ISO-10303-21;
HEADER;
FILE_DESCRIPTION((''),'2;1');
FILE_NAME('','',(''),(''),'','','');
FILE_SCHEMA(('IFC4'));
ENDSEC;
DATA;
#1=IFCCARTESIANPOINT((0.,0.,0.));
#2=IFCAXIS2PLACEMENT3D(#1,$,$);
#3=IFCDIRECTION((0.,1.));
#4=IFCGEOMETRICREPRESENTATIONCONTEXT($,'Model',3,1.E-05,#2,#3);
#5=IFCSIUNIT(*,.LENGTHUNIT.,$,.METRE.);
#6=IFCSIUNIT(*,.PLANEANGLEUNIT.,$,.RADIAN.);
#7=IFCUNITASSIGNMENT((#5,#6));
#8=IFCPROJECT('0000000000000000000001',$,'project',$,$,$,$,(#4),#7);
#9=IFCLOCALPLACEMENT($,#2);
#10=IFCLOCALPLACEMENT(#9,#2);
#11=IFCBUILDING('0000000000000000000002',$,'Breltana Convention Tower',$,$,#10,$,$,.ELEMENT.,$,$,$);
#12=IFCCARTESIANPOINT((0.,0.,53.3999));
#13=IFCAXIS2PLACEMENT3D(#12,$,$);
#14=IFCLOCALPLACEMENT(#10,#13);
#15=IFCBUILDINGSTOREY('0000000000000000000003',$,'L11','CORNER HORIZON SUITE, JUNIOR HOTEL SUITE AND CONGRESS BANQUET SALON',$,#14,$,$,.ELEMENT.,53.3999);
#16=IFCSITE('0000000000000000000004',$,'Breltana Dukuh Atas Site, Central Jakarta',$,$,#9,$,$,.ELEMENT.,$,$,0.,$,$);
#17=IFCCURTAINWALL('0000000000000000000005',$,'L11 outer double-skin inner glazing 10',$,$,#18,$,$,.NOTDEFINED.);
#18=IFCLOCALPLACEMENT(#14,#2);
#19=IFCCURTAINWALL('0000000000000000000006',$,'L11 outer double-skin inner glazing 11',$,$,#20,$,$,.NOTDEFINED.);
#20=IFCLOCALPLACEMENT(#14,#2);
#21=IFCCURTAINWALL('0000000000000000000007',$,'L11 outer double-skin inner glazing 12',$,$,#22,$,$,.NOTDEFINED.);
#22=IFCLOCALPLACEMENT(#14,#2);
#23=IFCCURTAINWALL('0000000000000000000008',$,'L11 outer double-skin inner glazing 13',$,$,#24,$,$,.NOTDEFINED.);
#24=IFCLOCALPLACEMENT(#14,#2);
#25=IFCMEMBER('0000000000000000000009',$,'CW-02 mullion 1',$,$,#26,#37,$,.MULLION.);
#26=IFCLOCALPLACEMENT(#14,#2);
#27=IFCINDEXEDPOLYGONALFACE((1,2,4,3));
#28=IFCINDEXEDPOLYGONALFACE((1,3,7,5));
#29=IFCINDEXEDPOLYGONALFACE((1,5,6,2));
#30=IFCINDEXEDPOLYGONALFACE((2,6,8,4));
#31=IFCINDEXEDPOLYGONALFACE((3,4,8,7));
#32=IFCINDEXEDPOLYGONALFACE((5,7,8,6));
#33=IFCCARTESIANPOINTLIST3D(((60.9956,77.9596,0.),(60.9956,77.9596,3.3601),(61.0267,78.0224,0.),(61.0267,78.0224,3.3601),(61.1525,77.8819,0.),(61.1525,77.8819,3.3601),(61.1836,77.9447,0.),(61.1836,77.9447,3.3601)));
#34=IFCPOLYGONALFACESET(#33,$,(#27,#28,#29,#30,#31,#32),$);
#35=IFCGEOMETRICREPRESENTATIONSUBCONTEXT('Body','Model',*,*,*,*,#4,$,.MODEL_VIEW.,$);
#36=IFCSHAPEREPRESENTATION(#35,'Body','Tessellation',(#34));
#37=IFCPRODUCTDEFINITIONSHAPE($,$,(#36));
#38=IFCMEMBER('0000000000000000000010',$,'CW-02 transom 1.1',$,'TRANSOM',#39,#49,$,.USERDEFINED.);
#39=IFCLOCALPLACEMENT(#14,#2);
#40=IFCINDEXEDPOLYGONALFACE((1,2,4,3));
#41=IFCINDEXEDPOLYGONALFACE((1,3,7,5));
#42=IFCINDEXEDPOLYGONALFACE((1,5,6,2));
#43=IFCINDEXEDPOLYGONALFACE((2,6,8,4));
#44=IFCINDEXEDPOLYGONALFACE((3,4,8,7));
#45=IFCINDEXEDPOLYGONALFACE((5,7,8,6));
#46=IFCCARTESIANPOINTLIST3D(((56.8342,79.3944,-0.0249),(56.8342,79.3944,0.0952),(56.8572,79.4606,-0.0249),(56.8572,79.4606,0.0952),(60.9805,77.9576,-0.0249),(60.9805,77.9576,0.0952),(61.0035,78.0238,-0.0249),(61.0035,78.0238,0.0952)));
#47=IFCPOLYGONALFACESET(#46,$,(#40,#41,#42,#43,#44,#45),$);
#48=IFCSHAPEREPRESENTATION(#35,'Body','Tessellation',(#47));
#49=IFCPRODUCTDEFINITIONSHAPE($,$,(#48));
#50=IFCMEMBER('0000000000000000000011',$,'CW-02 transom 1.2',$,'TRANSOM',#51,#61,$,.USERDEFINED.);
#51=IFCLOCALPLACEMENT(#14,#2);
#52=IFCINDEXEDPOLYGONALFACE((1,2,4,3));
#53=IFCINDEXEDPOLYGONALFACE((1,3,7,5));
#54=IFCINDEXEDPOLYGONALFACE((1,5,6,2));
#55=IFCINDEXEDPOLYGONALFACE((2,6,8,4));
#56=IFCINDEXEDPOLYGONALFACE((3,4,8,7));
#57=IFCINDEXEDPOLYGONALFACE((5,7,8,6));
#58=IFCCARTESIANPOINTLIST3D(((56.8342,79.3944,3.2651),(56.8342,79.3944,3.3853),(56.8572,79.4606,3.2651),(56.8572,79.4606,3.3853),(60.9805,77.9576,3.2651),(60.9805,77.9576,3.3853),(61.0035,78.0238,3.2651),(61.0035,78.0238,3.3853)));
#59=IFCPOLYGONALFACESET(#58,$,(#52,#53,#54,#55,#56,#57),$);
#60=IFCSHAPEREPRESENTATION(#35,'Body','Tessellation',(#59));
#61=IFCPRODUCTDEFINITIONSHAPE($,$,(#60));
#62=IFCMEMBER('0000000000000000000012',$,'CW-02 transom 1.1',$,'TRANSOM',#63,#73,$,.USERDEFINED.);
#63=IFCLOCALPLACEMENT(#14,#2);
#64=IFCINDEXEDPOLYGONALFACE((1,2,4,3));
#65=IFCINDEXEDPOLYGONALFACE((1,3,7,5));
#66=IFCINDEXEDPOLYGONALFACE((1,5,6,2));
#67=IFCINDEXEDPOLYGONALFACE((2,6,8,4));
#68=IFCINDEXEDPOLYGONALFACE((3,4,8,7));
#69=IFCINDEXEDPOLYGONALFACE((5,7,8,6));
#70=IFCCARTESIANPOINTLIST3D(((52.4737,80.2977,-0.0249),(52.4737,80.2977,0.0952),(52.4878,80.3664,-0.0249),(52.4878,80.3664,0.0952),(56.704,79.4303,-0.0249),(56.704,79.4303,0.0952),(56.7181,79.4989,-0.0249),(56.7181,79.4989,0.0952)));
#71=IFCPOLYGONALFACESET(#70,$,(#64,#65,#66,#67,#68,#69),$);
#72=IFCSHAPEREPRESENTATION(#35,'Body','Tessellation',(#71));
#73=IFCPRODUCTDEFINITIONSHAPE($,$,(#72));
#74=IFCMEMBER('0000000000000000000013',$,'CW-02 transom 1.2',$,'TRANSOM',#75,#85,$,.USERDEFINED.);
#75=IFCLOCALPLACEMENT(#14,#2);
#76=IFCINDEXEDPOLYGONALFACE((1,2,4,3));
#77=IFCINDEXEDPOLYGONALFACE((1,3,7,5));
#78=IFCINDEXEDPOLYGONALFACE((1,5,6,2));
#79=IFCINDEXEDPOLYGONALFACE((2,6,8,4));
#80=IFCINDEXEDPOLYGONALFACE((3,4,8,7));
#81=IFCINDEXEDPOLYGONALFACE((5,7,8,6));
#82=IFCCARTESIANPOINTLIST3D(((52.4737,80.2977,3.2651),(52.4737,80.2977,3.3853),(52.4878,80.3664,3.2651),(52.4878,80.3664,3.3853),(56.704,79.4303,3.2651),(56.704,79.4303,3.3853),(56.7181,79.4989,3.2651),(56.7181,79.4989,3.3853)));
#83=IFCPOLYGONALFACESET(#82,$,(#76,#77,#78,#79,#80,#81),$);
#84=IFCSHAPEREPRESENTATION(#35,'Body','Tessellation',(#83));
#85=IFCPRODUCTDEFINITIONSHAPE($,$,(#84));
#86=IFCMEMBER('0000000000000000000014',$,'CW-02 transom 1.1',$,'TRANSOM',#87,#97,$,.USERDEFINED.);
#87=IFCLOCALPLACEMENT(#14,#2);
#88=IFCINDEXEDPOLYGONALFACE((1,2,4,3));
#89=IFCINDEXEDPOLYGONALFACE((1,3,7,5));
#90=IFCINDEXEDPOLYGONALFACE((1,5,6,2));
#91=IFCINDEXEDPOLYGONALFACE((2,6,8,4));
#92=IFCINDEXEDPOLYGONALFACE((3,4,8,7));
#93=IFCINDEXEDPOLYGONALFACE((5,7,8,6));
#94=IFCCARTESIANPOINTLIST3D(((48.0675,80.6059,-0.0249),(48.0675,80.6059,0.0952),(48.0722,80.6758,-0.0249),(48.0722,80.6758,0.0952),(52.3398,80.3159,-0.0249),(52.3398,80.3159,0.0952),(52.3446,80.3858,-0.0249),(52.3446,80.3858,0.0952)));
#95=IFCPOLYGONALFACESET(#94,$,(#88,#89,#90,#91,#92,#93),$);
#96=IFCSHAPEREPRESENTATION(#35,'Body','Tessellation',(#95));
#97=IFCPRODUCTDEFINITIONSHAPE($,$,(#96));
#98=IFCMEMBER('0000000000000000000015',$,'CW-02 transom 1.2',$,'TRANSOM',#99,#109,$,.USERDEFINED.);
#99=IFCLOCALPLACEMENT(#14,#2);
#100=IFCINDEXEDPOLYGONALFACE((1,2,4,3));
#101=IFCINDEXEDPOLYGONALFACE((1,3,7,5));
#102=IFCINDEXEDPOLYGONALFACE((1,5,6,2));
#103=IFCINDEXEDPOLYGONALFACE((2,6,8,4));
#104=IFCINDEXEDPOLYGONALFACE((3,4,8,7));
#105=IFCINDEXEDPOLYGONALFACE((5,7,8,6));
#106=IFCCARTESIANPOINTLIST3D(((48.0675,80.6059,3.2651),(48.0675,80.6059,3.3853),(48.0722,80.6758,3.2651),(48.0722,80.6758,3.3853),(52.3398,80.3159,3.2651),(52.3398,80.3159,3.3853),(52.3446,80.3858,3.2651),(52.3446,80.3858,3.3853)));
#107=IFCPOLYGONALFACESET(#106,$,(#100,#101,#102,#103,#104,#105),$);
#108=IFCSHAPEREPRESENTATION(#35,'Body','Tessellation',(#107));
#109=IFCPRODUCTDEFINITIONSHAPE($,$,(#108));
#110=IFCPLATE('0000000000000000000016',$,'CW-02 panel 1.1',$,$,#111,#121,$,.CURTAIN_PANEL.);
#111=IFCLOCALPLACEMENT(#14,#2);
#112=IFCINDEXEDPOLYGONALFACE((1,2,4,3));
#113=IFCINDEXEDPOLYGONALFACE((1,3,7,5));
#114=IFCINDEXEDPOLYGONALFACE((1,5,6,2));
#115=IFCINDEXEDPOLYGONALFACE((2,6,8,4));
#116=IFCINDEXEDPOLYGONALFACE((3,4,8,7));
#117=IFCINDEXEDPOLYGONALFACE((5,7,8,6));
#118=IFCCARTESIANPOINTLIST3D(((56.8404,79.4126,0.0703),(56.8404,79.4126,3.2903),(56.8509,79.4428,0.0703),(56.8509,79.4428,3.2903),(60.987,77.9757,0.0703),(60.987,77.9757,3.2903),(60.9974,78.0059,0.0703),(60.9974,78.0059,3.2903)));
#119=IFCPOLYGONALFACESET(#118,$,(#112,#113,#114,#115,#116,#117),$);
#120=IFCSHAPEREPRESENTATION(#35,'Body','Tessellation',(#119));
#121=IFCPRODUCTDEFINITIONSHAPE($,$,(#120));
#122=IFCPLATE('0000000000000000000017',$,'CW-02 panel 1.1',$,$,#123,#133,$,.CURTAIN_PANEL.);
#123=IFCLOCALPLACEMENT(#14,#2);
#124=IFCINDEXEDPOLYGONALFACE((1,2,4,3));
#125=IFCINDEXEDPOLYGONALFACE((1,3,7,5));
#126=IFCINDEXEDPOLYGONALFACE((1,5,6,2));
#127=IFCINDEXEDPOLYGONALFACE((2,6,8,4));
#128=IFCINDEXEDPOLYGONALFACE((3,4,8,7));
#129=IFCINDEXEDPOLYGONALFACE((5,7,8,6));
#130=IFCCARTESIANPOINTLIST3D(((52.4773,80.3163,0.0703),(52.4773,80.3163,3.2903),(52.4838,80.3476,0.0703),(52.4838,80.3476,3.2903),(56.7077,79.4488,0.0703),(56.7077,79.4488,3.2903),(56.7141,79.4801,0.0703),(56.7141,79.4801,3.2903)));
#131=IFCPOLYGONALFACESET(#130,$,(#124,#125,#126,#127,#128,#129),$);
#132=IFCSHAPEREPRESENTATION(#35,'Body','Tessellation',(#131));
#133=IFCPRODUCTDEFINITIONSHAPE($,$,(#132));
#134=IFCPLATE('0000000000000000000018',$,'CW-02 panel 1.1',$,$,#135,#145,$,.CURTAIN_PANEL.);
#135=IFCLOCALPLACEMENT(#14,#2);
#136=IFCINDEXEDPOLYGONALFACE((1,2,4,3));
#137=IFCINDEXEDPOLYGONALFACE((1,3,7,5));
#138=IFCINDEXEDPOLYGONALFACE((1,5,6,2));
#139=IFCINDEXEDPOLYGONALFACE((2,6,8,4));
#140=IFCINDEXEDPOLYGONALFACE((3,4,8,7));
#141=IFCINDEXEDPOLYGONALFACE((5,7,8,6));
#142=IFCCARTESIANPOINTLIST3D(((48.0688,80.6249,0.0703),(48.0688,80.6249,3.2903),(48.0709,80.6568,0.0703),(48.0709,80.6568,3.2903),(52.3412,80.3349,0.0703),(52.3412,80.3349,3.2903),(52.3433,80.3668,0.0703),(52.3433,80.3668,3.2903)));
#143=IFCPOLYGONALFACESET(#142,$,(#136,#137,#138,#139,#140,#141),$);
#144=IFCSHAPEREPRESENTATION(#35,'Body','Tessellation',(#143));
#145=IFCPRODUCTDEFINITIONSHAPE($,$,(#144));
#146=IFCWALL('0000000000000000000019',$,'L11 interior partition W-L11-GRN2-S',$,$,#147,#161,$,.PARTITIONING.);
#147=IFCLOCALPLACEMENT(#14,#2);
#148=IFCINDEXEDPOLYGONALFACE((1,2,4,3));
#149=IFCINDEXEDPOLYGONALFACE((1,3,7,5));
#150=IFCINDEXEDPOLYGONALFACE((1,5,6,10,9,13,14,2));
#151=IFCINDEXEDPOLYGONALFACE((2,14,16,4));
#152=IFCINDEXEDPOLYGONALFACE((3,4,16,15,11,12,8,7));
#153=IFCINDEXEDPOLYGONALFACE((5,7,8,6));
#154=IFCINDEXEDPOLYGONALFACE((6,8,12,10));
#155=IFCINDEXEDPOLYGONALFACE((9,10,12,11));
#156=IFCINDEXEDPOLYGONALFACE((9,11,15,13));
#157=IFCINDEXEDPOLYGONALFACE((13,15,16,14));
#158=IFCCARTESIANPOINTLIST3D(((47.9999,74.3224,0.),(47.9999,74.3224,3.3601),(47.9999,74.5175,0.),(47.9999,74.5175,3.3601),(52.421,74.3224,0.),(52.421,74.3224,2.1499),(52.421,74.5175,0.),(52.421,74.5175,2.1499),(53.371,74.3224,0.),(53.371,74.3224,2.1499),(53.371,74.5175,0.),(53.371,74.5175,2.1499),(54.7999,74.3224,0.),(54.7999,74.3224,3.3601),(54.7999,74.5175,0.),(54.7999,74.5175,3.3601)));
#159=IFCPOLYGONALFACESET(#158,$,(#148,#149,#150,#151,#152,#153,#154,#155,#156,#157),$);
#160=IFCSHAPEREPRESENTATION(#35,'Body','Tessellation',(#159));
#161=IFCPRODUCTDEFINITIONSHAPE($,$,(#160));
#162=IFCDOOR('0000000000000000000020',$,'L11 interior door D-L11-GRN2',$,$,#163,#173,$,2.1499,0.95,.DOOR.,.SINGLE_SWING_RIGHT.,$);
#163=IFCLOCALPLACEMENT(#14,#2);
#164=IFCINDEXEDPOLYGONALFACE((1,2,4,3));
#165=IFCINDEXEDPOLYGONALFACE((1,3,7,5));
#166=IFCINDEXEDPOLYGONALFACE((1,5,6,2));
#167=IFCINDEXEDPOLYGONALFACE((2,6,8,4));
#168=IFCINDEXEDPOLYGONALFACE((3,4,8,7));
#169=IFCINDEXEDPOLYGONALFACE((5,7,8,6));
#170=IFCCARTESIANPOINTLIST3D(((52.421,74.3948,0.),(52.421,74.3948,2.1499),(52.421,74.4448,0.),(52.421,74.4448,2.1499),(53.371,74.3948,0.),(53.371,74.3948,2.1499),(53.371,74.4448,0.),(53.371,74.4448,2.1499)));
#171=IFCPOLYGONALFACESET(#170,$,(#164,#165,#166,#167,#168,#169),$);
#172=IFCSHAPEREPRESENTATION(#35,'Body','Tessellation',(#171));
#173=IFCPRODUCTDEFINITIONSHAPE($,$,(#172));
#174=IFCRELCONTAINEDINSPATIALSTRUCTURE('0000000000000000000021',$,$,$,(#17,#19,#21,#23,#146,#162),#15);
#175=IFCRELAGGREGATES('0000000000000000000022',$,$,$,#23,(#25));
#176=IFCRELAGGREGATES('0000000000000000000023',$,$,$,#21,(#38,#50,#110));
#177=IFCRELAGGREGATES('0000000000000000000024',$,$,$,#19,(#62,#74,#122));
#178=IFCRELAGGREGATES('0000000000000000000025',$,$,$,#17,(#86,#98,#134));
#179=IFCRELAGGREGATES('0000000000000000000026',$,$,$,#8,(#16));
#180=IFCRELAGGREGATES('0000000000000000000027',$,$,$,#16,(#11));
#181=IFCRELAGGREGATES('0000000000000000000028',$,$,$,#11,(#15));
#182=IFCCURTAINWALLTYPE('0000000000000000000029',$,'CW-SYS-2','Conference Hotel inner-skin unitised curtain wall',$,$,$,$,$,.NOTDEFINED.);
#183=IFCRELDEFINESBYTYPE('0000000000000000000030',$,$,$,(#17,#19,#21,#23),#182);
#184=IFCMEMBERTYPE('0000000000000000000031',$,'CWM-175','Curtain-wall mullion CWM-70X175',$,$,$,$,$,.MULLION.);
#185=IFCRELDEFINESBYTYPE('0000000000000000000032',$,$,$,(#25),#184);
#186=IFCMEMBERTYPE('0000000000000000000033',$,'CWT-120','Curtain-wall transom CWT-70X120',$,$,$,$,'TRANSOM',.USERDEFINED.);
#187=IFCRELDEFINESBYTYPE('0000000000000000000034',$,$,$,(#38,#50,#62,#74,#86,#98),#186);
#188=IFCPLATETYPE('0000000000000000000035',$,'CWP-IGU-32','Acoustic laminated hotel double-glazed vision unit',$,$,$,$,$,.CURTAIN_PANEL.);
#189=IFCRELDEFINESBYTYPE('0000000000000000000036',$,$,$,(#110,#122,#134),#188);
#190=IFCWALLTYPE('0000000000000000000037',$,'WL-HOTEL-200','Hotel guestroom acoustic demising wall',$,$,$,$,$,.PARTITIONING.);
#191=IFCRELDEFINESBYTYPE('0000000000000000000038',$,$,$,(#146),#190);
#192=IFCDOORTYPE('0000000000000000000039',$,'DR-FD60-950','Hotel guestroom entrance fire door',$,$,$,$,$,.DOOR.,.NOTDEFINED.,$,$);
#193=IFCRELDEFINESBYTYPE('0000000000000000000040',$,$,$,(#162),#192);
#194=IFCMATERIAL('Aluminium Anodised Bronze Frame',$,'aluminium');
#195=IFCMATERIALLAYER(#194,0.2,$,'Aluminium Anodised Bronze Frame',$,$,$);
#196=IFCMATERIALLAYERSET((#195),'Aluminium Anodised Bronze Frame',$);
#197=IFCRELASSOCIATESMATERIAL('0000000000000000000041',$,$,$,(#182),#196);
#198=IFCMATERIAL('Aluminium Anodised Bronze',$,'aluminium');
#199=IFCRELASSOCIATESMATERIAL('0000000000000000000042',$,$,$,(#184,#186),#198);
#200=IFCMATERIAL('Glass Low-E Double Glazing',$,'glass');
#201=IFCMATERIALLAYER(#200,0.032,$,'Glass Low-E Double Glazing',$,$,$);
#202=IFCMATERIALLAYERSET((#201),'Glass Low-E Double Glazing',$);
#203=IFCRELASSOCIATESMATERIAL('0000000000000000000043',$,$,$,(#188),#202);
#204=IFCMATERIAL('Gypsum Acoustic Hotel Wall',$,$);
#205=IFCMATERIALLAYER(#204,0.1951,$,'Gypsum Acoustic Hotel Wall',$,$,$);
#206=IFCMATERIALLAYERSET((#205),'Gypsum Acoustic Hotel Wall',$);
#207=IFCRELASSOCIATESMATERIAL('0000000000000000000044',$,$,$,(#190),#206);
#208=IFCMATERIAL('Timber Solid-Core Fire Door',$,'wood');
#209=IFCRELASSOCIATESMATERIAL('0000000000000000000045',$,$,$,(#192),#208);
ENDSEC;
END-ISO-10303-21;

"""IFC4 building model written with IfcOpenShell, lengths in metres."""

from ifc_helpers import new_model, si_unit, direction, frame, frame_2d, origin, origin_2d, place, context, subcontext, project, spatial, rectangle, extrude, source, transform, mapped, material, layer, layer_set, material_profile, profile_set, type_object, type_shapes, element, fill, aggregate, save


model = new_model("IFC4")

# Units and contexts
model_context = context("Model", 3, precision=1e-05, world=origin(), true_north=direction((0.0, 1.0)))
body_context = subcontext(model_context, "Body", "Model", "MODEL_VIEW")
ifc_project = project(units=[si_unit("LENGTHUNIT", "METRE"), si_unit("PLANEANGLEUNIT", "RADIAN")], contexts=[model_context])

# Site, building, storey
site_placement = place(None, origin())
site = spatial("IfcSite", under=ifc_project, at=site_placement, Name="Breltana Dukuh Atas Site, Central Jakarta", CompositionType="ELEMENT", RefElevation=0.0)
building_placement = place(site_placement, origin())
building = spatial("IfcBuilding", under=site, at=building_placement, Name="Breltana Convention Tower", CompositionType="ELEMENT")
storey_placement = place(building_placement, frame((0.0, 0.0, 53.3999)))
storey = spatial("IfcBuildingStorey", under=building, at=storey_placement, Name="L11", Description="CORNER HORIZON SUITE, JUNIOR HOTEL SUITE AND CONGRESS BANQUET SALON", CompositionType="ELEMENT", Elevation=53.3999)

# Shared definitions
ifc_material_1 = material(Name="Aluminium Anodised Bronze Frame", Category="aluminium")
ifc_layer_1 = layer(ifc_material_1, 0.2, Name="Aluminium Anodised Bronze Frame")
ifc_layer_set_1 = layer_set([ifc_layer_1], Name="Aluminium Anodised Bronze Frame")
curtain_wall_type = type_object("IfcCurtainWallType", Name="CW-SYS-2", Description="Conference Hotel inner-skin unitised curtain wall", PredefinedType="NOTDEFINED", material=ifc_layer_set_1)
ifc_material_2 = material(Name="Aluminium Anodised Bronze", Category="aluminium")
ifc_material_profile_1 = material_profile(ifc_material_2, rectangle(XDim=0.0701, YDim=0.175, at=origin_2d()), Name="CWM-70X175")
ifc_profile_set_1 = profile_set([ifc_material_profile_1], Name="Aluminium Anodised Bronze")
member_type_1 = type_object("IfcMemberType", Name="CWM-175", Description="Curtain-wall mullion CWM-70X175", PredefinedType="MULLION", material=ifc_profile_set_1)
shared_shape_1 = source(origin(), body_context, "Body", "SweptSolid", [
    extrude(rectangle(XDim=0.0701, YDim=0.175, at=origin_2d()), origin(), (0.0, 0.0, 1.0), 3.3601),
])
type_shapes(member_type_1, [shared_shape_1])

# Curtain walls
curtain_wall_1_placement = place(storey_placement, origin())
curtain_wall_1 = element("IfcCurtainWall", 1, at=curtain_wall_1_placement, inside=storey, type_object=curtain_wall_type, Name="L11 outer double-skin inner glazing 10", PredefinedType="NOTDEFINED")
curtain_wall_2_placement = place(storey_placement, origin())
curtain_wall_2 = element("IfcCurtainWall", 2, at=curtain_wall_2_placement, inside=storey, type_object=curtain_wall_type, Name="L11 outer double-skin inner glazing 11", PredefinedType="NOTDEFINED")
curtain_wall_3_placement = place(storey_placement, origin())
curtain_wall_3 = element("IfcCurtainWall", 3, at=curtain_wall_3_placement, inside=storey, type_object=curtain_wall_type, Name="L11 outer double-skin inner glazing 12", PredefinedType="NOTDEFINED")

# Curtain wall, member
curtain_wall_4_placement = place(storey_placement, origin())
curtain_wall_4 = element("IfcCurtainWall", 4, at=curtain_wall_4_placement, inside=storey, type_object=curtain_wall_type, Name="L11 outer double-skin inner glazing 13", PredefinedType="NOTDEFINED")
member_1_placement = place(storey_placement, frame((61.0896, 77.9521, 0.0), z_axis=(0.0, 0.0, 1.0), x_axis=(0.444108, 0.895973, 0.0)))
member_1 = element("IfcMember", 5, at=member_1_placement, type_object=member_type_1, Name="CW-02 mullion 1", PredefinedType="MULLION", context=body_context, shape_type="MappedRepresentation", body=[
    mapped(shared_shape_1, transform((0.0, 0.0, 0.0), scale=1.0)),
])
aggregate(curtain_wall_4, [member_1])

# Members
ifc_material_profile_2 = material_profile(ifc_material_2, rectangle(XDim=0.0701, YDim=0.1201, at=origin_2d()), Name="CWT-70X120")
ifc_profile_set_2 = profile_set([ifc_material_profile_2], Name="Aluminium Anodised Bronze")
member_type_2 = type_object("IfcMemberType", Name="CWT-120", Description="Curtain-wall transom CWT-70X120", ElementType="TRANSOM", PredefinedType="USERDEFINED", material=ifc_profile_set_2)
shared_shape_2 = source(origin(), body_context, "Body", "SweptSolid", [
    extrude(rectangle(XDim=0.0701, YDim=0.1201, at=origin_2d()), origin(), (0.0, 0.0, 1.0), 4.3882),
])
member_2_placement = place(storey_placement, frame((56.8457, 79.4275, 0.0352), z_axis=(0.944878, -0.327422, 0.0), x_axis=(0.327422, 0.944878, 0.0)))
member_2 = element("IfcMember", 6, at=member_2_placement, type_object=member_type_2, Name="CW-02 transom 1.1", ObjectType="TRANSOM", PredefinedType="USERDEFINED", context=body_context, shape_type="MappedRepresentation", body=[
    mapped(shared_shape_2, transform((0.0, 0.0, 0.0), scale=1.0)),
])
member_3_placement = place(storey_placement, frame((56.8457, 79.4275, 3.3252), z_axis=(0.944878, -0.327422, 0.0), x_axis=(0.327422, 0.944878, 0.0)))
member_3 = element("IfcMember", 7, at=member_3_placement, type_object=member_type_2, Name="CW-02 transom 1.2", ObjectType="TRANSOM", PredefinedType="USERDEFINED", context=body_context, shape_type="MappedRepresentation", body=[
    mapped(shared_shape_2, transform((0.0, 0.0, 0.0), scale=1.0)),
])
shared_shape_3 = source(origin(), body_context, "Body", "SweptSolid", [
    extrude(rectangle(XDim=0.0701, YDim=0.1201, at=origin_2d()), origin(), (0.0, 0.0, 1.0), 4.3184),
])
member_4_placement = place(storey_placement, frame((52.4807, 80.332, 0.0352), z_axis=(0.979617, -0.200876, 0.0), x_axis=(0.200876, 0.979617, 0.0)))
member_4 = element("IfcMember", 8, at=member_4_placement, type_object=member_type_2, Name="CW-02 transom 1.1", ObjectType="TRANSOM", PredefinedType="USERDEFINED", context=body_context, shape_type="MappedRepresentation", body=[
    mapped(shared_shape_3, transform((0.0, 0.0, 0.0), scale=1.0)),
])
member_5_placement = place(storey_placement, frame((52.4807, 80.332, 3.3252), z_axis=(0.979617, -0.200876, 0.0), x_axis=(0.200876, 0.979617, 0.0)))
member_5 = element("IfcMember", 9, at=member_5_placement, type_object=member_type_2, Name="CW-02 transom 1.2", ObjectType="TRANSOM", PredefinedType="USERDEFINED", context=body_context, shape_type="MappedRepresentation", body=[
    mapped(shared_shape_3, transform((0.0, 0.0, 0.0), scale=1.0)),
])
shared_shape_4 = source(origin(), body_context, "Body", "SweptSolid", [
    extrude(rectangle(XDim=0.0701, YDim=0.1201, at=origin_2d()), origin(), (0.0, 0.0, 1.0), 4.2822),
])
member_6_placement = place(storey_placement, frame((48.0698, 80.6409, 0.0352), z_axis=(0.997704, -0.06773, 0.0), x_axis=(0.06773, 0.997704, 0.0)))
member_6 = element("IfcMember", 10, at=member_6_placement, type_object=member_type_2, Name="CW-02 transom 1.1", ObjectType="TRANSOM", PredefinedType="USERDEFINED", context=body_context, shape_type="MappedRepresentation", body=[
    mapped(shared_shape_4, transform((0.0, 0.0, 0.0), scale=1.0)),
])
member_7_placement = place(storey_placement, frame((48.0698, 80.6409, 3.3252), z_axis=(0.997704, -0.06773, 0.0), x_axis=(0.06773, 0.997704, 0.0)))
member_7 = element("IfcMember", 11, at=member_7_placement, type_object=member_type_2, Name="CW-02 transom 1.2", ObjectType="TRANSOM", PredefinedType="USERDEFINED", context=body_context, shape_type="MappedRepresentation", body=[
    mapped(shared_shape_4, transform((0.0, 0.0, 0.0), scale=1.0)),
])

# Plates
ifc_material_3 = material(Name="Glass Low-E Double Glazing", Category="glass")
ifc_layer_2 = layer(ifc_material_3, 0.032, Name="Glass Low-E Double Glazing")
ifc_layer_set_2 = layer_set([ifc_layer_2], Name="Glass Low-E Double Glazing")
plate_type = type_object("IfcPlateType", Name="CWP-IGU-32", Description="Acoustic laminated hotel double-glazed vision unit", PredefinedType="CURTAIN_PANEL", material=ifc_layer_set_2)
shared_shape_5 = source(origin(), body_context, "Body", "SweptSolid", [
    extrude(rectangle(XDim=4.3884, YDim=0.032, at=origin_2d()), origin(), (0.0, 0.0, 1.0), 3.22),
])
plate_1_placement = place(storey_placement, frame((58.9189, 78.7092, 0.0703), z_axis=(0.0, 0.0, 1.0), x_axis=(0.944876, -0.327428, 0.0)))
plate_1 = element("IfcPlate", 12, at=plate_1_placement, type_object=plate_type, Name="CW-02 panel 1.1", PredefinedType="CURTAIN_PANEL", context=body_context, shape_type="MappedRepresentation", body=[
    mapped(shared_shape_5, transform((0.0, 0.0, 0.0), scale=1.0)),
])
aggregate(curtain_wall_3, [member_2, member_3, plate_1])
shared_shape_6 = source(origin(), body_context, "Body", "SweptSolid", [
    extrude(rectangle(XDim=4.3184, YDim=0.032, at=origin_2d()), origin(), (0.0, 0.0, 1.0), 3.22),
])
plate_2_placement = place(storey_placement, frame((54.5957, 79.8982, 0.0703), z_axis=(0.0, 0.0, 1.0), x_axis=(0.979615, -0.200885, 0.0)))
plate_2 = element("IfcPlate", 13, at=plate_2_placement, type_object=plate_type, Name="CW-02 panel 1.1", PredefinedType="CURTAIN_PANEL", context=body_context, shape_type="MappedRepresentation", body=[
    mapped(shared_shape_6, transform((0.0, 0.0, 0.0), scale=1.0)),
])
aggregate(curtain_wall_2, [member_4, member_5, plate_2])
shared_shape_7 = source(origin(), body_context, "Body", "SweptSolid", [
    extrude(rectangle(XDim=4.2822, YDim=0.032, at=origin_2d()), origin(), (0.0, 0.0, 1.0), 3.22),
])
plate_3_placement = place(storey_placement, frame((50.2061, 80.4958, 0.0703), z_axis=(0.0, 0.0, 1.0), x_axis=(0.997704, -0.067726, 0.0)))
plate_3 = element("IfcPlate", 14, at=plate_3_placement, type_object=plate_type, Name="CW-02 panel 1.1", PredefinedType="CURTAIN_PANEL", context=body_context, shape_type="MappedRepresentation", body=[
    mapped(shared_shape_7, transform((0.0, 0.0, 0.0), scale=1.0)),
])
aggregate(curtain_wall_1, [member_6, member_7, plate_3])

# Wall, opening, door
ifc_material_4 = material(Name="Gypsum Acoustic Hotel Wall")
ifc_layer_3 = layer(ifc_material_4, 0.1951, Name="Gypsum Acoustic Hotel Wall")
ifc_layer_set_3 = layer_set([ifc_layer_3], Name="Gypsum Acoustic Hotel Wall")
wall_type_1 = type_object("IfcWallType", Name="WL-HOTEL-200", Description="Hotel guestroom acoustic demising wall", PredefinedType="PARTITIONING", material=ifc_layer_set_3)
shared_shape_8 = source(origin(), body_context, "Body", "SweptSolid", [
    extrude(rectangle(XDim=6.8, YDim=0.1951, at=frame_2d((3.3999, 0.0))), origin(), (0.0, 0.0, 1.0), 3.3601),
])
type_shapes(wall_type_1, [shared_shape_8])
wall_1_placement = place(storey_placement, frame((48.0, 74.4199, 0.0), z_axis=(0.0, 0.0, 1.0), x_axis=(1.0, 0.0, 0.0)))
wall_1 = element("IfcWall", 15, at=wall_1_placement, inside=storey, type_object=wall_type_1, Name="L11 interior partition W-L11-GRN2-S", PredefinedType="PARTITIONING", context=body_context, shape_type="MappedRepresentation", body=[
    mapped(shared_shape_8, transform((0.0, 0.0, 0.0), scale=1.0)),
])
opening_1_placement = place(wall_1_placement, frame((4.4209, 0.0, 0.0)))
opening_1 = element("IfcOpeningElement", 16, at=opening_1_placement, cuts=wall_1, PredefinedType="OPENING", context=body_context, shape_type="SweptSolid", body=[
    extrude(rectangle(XDim=0.95, YDim=2.1499, at=frame_2d((0.4751, 1.075))), frame((0.0, 0.1074, 0.0), z_axis=(0.0, -1.0, 0.0), x_axis=(1.0, 0.0, 0.0)), (0.0, 0.0, 1.0), 0.2151),
])
ifc_material_5 = material(Name="Timber Solid-Core Fire Door", Category="wood")
door_type_1 = type_object("IfcDoorType", Name="DR-FD60-950", Description="Hotel guestroom entrance fire door", OperationType="NOTDEFINED", PredefinedType="DOOR", material=ifc_material_5)
shared_shape_9 = source(origin(), body_context, "Body", "SweptSolid", [
    extrude(rectangle(XDim=0.95, YDim=2.1499, at=frame_2d((0.4751, 1.075))), frame((0.0, 0.0249, 0.0), z_axis=(0.0, -1.0, 0.0), x_axis=(1.0, 0.0, 0.0)), (0.0, 0.0, 1.0), 0.05),
])
type_shapes(door_type_1, [shared_shape_9])
door_1_placement = place(opening_1_placement, origin())
door_1 = element("IfcDoor", 17, at=door_1_placement, inside=storey, type_object=door_type_1, Name="L11 interior door D-L11-GRN2", OperationType="SINGLE_SWING_RIGHT", OverallHeight=2.1499, OverallWidth=0.95, PredefinedType="DOOR", context=body_context, shape_type="MappedRepresentation", body=[
    mapped(shared_shape_9, transform((0.0, 0.0, 0.0), scale=1.0)),
])
fill(opening_1, door_1)

save(model, "model.ifc")
